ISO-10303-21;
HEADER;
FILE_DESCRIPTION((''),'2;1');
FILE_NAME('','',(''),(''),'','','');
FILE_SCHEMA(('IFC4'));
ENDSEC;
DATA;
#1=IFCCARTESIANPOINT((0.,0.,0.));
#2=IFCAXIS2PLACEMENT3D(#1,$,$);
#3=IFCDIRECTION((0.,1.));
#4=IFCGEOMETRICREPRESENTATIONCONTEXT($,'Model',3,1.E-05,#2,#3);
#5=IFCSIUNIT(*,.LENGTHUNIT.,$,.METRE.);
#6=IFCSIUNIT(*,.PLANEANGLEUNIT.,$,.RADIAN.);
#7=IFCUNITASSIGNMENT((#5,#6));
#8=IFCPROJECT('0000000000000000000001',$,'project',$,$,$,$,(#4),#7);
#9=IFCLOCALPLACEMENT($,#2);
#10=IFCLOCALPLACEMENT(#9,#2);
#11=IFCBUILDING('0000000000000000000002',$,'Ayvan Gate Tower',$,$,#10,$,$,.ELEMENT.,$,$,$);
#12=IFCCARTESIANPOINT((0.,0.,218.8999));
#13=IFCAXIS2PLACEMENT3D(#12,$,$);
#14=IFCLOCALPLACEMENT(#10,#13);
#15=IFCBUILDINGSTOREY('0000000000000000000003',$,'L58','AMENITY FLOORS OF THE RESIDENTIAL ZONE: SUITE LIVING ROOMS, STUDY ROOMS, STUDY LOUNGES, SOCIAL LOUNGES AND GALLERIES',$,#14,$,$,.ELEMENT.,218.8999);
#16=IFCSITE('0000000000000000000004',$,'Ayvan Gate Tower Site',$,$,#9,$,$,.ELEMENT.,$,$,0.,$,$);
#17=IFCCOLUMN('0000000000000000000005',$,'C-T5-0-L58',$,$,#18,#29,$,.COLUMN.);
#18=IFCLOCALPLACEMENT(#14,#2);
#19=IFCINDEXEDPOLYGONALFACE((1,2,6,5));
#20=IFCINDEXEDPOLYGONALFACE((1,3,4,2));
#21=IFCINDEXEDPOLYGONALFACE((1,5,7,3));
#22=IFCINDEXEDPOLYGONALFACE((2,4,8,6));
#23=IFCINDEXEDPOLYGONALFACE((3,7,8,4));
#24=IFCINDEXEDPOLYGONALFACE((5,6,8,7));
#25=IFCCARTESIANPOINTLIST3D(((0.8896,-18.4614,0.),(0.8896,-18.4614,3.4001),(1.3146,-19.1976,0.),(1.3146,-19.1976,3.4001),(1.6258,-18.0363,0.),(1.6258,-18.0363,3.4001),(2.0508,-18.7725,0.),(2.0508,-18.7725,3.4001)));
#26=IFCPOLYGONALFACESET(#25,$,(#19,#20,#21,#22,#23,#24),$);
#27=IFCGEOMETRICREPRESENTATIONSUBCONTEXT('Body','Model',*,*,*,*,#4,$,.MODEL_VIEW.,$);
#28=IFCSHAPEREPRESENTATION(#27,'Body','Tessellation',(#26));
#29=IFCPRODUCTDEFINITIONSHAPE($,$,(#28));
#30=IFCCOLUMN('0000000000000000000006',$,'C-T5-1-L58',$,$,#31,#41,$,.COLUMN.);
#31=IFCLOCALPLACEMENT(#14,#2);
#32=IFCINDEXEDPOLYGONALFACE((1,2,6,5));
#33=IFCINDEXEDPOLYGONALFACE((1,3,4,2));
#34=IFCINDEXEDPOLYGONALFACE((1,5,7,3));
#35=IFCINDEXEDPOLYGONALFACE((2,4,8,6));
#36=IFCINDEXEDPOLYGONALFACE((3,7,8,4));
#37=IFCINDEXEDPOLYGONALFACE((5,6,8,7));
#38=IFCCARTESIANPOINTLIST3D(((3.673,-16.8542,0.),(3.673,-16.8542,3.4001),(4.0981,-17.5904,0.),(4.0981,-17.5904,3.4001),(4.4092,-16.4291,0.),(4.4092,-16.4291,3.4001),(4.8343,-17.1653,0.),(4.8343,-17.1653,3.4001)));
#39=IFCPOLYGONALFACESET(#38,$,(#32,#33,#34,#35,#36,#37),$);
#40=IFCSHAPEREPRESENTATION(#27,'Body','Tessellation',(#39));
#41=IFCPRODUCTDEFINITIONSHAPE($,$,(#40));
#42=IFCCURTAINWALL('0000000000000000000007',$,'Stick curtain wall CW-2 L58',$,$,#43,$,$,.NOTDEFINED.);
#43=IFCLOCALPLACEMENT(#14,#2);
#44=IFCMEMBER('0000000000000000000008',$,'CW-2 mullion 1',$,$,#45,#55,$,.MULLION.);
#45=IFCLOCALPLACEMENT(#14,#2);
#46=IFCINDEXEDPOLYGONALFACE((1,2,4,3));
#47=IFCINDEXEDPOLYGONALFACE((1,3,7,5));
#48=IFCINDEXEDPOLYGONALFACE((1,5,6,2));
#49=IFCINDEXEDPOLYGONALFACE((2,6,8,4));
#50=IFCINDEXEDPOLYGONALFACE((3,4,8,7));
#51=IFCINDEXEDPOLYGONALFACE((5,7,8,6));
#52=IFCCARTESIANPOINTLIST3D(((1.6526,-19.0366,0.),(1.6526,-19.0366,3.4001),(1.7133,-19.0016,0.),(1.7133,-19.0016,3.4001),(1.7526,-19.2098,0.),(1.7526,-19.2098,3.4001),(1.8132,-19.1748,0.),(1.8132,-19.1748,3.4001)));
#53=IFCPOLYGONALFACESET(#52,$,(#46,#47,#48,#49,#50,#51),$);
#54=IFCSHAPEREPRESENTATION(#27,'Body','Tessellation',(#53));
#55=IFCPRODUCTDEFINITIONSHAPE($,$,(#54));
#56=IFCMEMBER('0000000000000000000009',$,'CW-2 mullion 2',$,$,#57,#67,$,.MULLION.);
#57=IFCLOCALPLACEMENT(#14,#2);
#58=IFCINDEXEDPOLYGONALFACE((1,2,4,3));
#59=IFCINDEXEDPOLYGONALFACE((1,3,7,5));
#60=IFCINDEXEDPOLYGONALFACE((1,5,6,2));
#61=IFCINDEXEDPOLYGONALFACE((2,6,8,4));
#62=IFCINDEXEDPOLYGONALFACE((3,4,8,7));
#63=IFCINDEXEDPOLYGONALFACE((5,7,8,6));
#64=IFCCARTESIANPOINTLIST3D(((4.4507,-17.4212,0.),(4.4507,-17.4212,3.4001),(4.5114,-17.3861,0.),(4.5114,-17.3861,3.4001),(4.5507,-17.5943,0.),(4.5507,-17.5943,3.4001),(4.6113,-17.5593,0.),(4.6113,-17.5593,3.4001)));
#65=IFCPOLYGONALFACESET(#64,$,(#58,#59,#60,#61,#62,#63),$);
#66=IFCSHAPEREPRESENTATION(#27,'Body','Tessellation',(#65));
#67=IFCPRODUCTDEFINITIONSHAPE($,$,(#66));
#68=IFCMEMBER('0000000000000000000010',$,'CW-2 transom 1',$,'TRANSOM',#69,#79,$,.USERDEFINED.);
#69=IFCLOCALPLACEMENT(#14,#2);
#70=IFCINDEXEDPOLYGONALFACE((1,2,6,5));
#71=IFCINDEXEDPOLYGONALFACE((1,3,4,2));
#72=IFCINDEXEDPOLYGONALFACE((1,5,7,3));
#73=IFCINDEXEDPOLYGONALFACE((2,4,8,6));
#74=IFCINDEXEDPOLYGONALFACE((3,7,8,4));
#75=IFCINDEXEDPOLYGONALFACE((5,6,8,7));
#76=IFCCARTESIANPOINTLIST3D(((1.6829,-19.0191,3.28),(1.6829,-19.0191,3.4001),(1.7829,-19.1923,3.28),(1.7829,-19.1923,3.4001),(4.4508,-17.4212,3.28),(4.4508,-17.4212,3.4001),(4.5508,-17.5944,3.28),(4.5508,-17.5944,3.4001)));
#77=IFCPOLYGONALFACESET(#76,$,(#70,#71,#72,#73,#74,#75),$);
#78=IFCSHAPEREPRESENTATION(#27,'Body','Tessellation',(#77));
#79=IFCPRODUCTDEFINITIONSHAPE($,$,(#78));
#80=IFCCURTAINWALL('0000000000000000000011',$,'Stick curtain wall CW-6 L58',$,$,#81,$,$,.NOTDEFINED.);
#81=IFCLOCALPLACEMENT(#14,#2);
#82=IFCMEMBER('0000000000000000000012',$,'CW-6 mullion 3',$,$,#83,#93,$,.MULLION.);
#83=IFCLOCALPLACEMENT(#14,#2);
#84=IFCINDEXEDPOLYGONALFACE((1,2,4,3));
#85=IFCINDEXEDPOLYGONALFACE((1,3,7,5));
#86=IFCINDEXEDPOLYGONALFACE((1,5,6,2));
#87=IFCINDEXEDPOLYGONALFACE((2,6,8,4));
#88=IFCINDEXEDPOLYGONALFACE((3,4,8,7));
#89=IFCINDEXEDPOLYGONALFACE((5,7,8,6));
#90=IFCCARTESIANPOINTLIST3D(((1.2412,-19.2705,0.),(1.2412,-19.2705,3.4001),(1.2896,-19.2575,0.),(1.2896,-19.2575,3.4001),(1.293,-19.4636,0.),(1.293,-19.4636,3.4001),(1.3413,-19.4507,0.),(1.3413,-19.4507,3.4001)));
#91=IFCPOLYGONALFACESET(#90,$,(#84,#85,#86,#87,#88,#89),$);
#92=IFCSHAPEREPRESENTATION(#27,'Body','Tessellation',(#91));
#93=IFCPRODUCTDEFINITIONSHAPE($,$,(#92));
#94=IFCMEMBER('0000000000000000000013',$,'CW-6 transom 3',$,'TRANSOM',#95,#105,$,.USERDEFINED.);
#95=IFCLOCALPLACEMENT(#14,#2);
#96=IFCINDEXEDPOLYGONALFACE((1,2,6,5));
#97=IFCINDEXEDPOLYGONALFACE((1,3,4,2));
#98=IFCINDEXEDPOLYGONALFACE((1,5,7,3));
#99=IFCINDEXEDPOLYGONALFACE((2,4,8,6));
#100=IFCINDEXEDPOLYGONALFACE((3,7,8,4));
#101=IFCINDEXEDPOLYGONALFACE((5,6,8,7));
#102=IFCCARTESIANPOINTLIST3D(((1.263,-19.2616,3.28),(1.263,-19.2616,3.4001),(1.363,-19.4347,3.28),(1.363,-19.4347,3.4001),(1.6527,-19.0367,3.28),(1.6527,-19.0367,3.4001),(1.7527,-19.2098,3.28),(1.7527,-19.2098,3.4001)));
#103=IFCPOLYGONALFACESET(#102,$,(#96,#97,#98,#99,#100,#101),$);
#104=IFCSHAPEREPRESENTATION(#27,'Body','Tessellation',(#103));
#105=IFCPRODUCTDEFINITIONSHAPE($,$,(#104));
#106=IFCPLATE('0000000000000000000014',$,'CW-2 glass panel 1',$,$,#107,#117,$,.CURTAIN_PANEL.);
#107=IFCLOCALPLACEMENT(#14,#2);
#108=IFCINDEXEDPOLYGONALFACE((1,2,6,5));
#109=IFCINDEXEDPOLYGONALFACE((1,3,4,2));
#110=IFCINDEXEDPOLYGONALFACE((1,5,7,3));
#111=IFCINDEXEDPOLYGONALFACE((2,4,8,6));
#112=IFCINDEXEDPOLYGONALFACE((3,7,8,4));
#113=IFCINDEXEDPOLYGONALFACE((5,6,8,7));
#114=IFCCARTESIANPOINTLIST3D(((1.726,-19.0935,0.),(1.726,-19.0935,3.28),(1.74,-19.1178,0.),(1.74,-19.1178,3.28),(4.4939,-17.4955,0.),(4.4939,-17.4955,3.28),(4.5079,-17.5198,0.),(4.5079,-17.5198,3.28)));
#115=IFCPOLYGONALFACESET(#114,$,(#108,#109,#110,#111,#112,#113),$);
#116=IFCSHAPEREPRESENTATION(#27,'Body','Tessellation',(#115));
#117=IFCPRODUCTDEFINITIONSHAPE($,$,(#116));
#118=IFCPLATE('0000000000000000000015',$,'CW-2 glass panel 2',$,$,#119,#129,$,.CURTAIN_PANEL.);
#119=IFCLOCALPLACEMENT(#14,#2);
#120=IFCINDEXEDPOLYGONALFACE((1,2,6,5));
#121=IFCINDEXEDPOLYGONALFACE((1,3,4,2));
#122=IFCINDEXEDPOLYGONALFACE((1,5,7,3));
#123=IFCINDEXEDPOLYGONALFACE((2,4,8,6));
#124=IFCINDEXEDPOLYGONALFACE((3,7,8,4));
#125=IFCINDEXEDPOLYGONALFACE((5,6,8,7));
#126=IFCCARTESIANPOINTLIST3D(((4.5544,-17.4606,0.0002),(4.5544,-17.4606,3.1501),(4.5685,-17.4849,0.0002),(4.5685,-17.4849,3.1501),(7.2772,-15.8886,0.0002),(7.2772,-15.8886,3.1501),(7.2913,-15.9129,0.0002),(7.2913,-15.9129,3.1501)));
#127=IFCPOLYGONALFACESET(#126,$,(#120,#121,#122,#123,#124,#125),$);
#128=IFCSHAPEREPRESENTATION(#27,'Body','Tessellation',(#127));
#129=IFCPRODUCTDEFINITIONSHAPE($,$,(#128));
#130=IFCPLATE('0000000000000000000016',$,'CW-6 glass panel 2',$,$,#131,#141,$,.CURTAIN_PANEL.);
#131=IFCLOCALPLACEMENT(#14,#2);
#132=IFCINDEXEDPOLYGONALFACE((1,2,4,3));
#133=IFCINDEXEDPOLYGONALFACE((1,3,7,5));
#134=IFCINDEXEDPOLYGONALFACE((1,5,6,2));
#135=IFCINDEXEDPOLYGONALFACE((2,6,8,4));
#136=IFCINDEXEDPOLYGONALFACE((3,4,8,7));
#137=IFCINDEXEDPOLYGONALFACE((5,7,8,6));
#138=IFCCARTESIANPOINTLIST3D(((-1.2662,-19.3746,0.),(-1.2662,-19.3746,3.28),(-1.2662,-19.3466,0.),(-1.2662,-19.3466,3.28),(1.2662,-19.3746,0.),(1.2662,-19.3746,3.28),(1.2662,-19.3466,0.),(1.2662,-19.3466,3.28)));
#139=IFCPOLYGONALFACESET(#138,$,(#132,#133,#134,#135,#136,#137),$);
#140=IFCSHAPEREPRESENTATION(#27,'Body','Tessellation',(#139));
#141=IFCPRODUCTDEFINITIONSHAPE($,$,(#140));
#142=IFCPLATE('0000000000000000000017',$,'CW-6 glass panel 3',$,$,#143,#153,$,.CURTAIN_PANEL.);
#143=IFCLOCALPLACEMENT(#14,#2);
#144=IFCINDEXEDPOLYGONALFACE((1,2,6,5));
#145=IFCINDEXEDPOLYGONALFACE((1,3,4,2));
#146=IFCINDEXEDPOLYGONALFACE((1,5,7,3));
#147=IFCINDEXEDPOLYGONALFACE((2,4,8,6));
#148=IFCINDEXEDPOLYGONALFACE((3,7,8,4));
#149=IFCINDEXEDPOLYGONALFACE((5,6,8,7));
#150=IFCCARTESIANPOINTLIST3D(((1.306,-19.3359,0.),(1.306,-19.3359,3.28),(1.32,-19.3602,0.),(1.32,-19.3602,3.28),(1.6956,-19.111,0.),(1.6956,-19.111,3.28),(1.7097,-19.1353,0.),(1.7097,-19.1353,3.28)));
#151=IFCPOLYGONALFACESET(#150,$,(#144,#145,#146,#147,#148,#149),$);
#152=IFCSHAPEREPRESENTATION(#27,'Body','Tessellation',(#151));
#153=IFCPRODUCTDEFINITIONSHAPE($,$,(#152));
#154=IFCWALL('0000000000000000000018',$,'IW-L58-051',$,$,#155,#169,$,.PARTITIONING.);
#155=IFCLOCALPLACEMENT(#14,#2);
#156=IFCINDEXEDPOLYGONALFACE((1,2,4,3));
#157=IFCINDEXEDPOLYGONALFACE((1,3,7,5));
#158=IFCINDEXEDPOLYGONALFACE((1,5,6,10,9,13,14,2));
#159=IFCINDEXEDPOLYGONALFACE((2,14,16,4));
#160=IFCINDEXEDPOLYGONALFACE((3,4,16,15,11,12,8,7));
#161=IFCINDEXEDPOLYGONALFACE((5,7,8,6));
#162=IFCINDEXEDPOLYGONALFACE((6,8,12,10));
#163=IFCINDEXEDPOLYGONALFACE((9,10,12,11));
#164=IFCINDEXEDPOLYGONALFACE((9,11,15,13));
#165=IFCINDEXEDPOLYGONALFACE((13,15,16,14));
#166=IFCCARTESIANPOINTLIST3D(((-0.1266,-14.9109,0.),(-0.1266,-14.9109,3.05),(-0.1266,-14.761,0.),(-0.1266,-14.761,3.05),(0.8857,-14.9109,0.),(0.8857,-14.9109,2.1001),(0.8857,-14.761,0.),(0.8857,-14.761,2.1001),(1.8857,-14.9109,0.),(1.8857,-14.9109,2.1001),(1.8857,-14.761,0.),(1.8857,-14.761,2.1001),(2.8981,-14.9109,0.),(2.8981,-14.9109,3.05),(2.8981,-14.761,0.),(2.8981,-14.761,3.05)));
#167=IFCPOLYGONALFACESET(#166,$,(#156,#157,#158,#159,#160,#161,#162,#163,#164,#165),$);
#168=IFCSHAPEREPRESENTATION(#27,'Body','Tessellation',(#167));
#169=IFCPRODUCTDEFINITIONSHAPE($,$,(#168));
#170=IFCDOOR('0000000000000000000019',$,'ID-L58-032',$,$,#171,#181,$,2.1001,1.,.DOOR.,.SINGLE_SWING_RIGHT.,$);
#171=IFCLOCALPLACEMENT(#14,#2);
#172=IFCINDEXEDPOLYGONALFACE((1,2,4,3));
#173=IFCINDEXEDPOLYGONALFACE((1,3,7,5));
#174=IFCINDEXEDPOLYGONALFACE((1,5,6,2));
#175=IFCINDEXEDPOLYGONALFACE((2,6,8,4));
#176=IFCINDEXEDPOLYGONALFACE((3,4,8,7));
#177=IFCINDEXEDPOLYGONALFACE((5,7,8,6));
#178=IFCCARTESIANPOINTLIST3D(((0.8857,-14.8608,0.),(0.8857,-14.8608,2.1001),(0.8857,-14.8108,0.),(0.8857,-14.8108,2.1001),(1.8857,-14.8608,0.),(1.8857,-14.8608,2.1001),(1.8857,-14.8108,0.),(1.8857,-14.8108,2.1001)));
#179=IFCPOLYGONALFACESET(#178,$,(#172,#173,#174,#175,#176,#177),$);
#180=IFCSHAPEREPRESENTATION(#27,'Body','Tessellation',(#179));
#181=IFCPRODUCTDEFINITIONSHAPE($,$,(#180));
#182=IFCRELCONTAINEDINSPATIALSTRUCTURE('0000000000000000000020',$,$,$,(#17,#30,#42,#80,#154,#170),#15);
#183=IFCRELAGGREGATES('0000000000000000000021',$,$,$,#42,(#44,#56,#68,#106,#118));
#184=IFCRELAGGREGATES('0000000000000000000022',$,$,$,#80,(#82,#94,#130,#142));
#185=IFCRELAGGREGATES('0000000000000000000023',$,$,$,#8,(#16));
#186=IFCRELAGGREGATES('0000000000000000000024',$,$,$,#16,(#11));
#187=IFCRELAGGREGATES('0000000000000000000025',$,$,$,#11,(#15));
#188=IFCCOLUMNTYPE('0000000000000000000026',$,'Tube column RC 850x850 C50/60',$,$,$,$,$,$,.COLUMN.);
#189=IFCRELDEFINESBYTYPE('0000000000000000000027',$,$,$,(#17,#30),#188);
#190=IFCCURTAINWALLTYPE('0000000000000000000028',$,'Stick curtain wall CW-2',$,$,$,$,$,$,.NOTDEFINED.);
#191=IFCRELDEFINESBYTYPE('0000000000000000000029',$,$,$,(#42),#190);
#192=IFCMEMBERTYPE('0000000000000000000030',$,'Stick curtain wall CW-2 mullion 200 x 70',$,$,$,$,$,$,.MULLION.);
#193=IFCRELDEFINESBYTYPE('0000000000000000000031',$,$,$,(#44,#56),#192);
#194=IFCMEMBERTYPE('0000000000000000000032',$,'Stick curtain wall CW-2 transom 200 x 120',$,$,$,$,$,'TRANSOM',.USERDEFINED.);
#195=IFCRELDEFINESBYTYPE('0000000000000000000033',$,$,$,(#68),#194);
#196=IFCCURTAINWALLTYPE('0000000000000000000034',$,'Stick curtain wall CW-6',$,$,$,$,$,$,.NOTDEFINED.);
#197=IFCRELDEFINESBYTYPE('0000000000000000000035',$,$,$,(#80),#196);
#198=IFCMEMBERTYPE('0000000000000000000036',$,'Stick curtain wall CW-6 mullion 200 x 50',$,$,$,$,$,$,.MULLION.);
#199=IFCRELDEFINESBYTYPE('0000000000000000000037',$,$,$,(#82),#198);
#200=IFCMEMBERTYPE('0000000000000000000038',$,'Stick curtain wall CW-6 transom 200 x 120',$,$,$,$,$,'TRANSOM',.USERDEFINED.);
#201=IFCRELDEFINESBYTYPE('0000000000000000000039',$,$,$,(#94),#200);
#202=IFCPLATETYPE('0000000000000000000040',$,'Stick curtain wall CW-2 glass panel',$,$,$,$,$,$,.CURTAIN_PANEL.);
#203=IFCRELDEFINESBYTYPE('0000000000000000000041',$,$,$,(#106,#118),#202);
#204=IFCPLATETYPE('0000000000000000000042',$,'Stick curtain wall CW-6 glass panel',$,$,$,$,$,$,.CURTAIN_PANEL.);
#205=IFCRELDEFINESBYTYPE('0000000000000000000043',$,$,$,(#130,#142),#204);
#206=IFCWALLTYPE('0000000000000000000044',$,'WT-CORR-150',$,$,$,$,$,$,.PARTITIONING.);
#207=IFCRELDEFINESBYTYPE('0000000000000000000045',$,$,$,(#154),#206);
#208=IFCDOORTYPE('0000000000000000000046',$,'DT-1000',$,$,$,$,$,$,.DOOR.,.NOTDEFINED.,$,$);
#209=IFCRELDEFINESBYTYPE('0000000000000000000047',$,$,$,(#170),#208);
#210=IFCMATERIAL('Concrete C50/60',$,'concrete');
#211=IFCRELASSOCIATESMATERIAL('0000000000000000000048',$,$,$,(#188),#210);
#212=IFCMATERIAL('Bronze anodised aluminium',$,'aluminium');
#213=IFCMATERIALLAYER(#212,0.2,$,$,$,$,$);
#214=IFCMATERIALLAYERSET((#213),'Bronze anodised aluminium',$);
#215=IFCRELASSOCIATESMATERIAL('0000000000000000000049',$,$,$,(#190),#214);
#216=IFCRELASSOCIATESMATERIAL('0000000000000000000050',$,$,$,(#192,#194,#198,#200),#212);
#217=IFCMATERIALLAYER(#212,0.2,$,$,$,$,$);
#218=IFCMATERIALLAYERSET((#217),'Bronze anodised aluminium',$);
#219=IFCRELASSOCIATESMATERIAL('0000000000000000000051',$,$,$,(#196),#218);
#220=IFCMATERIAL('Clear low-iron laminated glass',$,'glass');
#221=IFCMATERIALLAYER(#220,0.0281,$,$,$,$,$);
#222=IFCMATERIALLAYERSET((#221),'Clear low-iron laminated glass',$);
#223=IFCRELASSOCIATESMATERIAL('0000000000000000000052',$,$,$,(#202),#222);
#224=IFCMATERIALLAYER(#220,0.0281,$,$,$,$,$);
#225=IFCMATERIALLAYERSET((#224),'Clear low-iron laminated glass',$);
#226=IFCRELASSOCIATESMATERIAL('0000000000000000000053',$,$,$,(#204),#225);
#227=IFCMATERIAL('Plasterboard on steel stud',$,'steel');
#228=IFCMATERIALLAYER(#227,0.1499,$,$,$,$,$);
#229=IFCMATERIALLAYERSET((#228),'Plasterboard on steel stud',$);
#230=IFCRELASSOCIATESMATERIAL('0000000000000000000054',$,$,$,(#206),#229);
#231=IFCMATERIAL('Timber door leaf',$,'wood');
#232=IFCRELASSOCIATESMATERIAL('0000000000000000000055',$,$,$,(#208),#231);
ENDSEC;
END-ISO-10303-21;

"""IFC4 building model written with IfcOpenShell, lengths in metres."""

from ifc_helpers import new_model, si_unit, direction, frame, frame_2d, origin, origin_2d, place, context, subcontext, project, spatial, rectangle, extrude, material, layer, layer_set, material_profile, profile_set, type_object, element, fill, aggregate, save


model = new_model("IFC4")

# Units and contexts
model_context = context("Model", 3, precision=1e-05, world=origin(), true_north=direction((0.0, 1.0)))
body_context = subcontext(model_context, "Body", "Model", "MODEL_VIEW")
ifc_project = project(units=[si_unit("LENGTHUNIT", "METRE"), si_unit("PLANEANGLEUNIT", "RADIAN")], contexts=[model_context])

# Site, building, storey
site_placement = place(None, origin())
site = spatial("IfcSite", under=ifc_project, at=site_placement, Name="Ayvan Gate Tower Site", CompositionType="ELEMENT", RefElevation=0.0)
building_placement = place(site_placement, origin())
building = spatial("IfcBuilding", under=site, at=building_placement, Name="Ayvan Gate Tower", CompositionType="ELEMENT")
storey_placement = place(building_placement, frame((0.0, 0.0, 218.8999)))
storey = spatial("IfcBuildingStorey", under=building, at=storey_placement, Name="L58", Description="AMENITY FLOORS OF THE RESIDENTIAL ZONE: SUITE LIVING ROOMS, STUDY ROOMS, STUDY LOUNGES, SOCIAL LOUNGES AND GALLERIES", CompositionType="ELEMENT", Elevation=218.8999)

# Columns
ifc_material_1 = material(Name="Concrete C50/60", Category="concrete")
ifc_material_profile_1 = material_profile(ifc_material_1, rectangle(XDim=0.8501, YDim=0.8501, at=origin_2d()), Name="RC 850x850")
ifc_profile_set_1 = profile_set([ifc_material_profile_1], Name="Concrete C50/60")
column_type = type_object("IfcColumnType", Name="Tube column RC 850x850 C50/60", PredefinedType="COLUMN", material=ifc_profile_set_1)
for number, where, z_axis, x_axis, name in (
    (1, (1.4702, -18.6169, 0.0), (0.0, 0.0, 1.0), (0.5, -0.866025, 0.0), "C-T5-0-L58"),
    (2, (4.2537, -17.0098, 0.0), (0.0, 0.0, 1.0), (0.5, -0.866025, 0.0), "C-T5-1-L58"),
):
    element("IfcColumn", number, at=place(storey_placement, frame(where, z_axis=z_axis, x_axis=x_axis)), inside=storey, type_object=column_type, Name=name, PredefinedType="COLUMN", context=body_context, shape_type="SweptSolid", body=[
        extrude(rectangle(XDim=0.8501, YDim=0.8501, at=origin_2d()), origin(), (0.0, 0.0, 1.0), 3.4001),
    ])

# Curtain walls, members
ifc_material_2 = material(Name="Bronze anodised aluminium", Category="aluminium")
ifc_layer_1 = layer(ifc_material_2, 0.2)
ifc_layer_set_1 = layer_set([ifc_layer_1], Name="Bronze anodised aluminium")
curtain_wall_type_1 = type_object("IfcCurtainWallType", Name="Stick curtain wall CW-2", PredefinedType="NOTDEFINED", material=ifc_layer_set_1)
curtain_wall_1_placement = place(storey_placement, origin())
curtain_wall_1 = element("IfcCurtainWall", 3, at=curtain_wall_1_placement, inside=storey, type_object=curtain_wall_type_1, Name="Stick curtain wall CW-2 L58", PredefinedType="NOTDEFINED")
ifc_material_profile_2 = material_profile(ifc_material_2, rectangle(XDim=0.2, YDim=0.0701, at=origin_2d()), Name="Stick curtain wall CW-2 mullion 200 x 70")
ifc_profile_set_2 = profile_set([ifc_material_profile_2], Name="Bronze anodised aluminium")
member_type_1 = type_object("IfcMemberType", Name="Stick curtain wall CW-2 mullion 200 x 70", PredefinedType="MULLION", material=ifc_profile_set_2)
member_1_placement = place(storey_placement, frame((1.7329, -19.1057, 0.0), z_axis=(0.0, 0.0, 1.0), x_axis=(0.5, -0.866025, 0.0)))
member_1 = element("IfcMember", 4, at=member_1_placement, type_object=member_type_1, Name="CW-2 mullion 1", PredefinedType="MULLION", context=body_context, shape_type="SweptSolid", body=[
    extrude(rectangle(XDim=0.2, YDim=0.0701, at=origin_2d()), origin(), (0.0, 0.0, 1.0), 3.4001),
])
member_2_placement = place(storey_placement, frame((4.531, -17.4902, 0.0), z_axis=(0.0, 0.0, 1.0), x_axis=(0.5, -0.866025, 0.0)))
member_2 = element("IfcMember", 5, at=member_2_placement, type_object=member_type_1, Name="CW-2 mullion 2", PredefinedType="MULLION", context=body_context, shape_type="SweptSolid", body=[
    extrude(rectangle(XDim=0.2, YDim=0.0701, at=origin_2d()), origin(), (0.0, 0.0, 1.0), 3.4001),
])
ifc_material_profile_3 = material_profile(ifc_material_2, rectangle(XDim=0.2, YDim=0.1201, at=origin_2d()), Name="Stick curtain wall CW-2 transom 200 x 120")
ifc_profile_set_3 = profile_set([ifc_material_profile_3], Name="Bronze anodised aluminium")
member_type_2 = type_object("IfcMemberType", Name="Stick curtain wall CW-2 transom 200 x 120", ElementType="TRANSOM", PredefinedType="USERDEFINED", material=ifc_profile_set_3)
member_3_placement = place(storey_placement, frame((1.7329, -19.1057, 3.3401), z_axis=(0.866039, 0.499976, 0.0), x_axis=(-0.499976, 0.866039, 0.0)))
member_3 = element("IfcMember", 6, at=member_3_placement, type_object=member_type_2, Name="CW-2 transom 1", ObjectType="TRANSOM", PredefinedType="USERDEFINED", context=body_context, shape_type="SweptSolid", body=[
    extrude(rectangle(XDim=0.2, YDim=0.1201, at=origin_2d()), origin(), (0.0, 0.0, 1.0), 3.196),
])
ifc_layer_2 = layer(ifc_material_2, 0.2)
ifc_layer_set_2 = layer_set([ifc_layer_2], Name="Bronze anodised aluminium")
curtain_wall_type_2 = type_object("IfcCurtainWallType", Name="Stick curtain wall CW-6", PredefinedType="NOTDEFINED", material=ifc_layer_set_2)
curtain_wall_2_placement = place(storey_placement, origin())
curtain_wall_2 = element("IfcCurtainWall", 7, at=curtain_wall_2_placement, inside=storey, type_object=curtain_wall_type_2, Name="Stick curtain wall CW-6 L58", PredefinedType="NOTDEFINED")
ifc_material_profile_4 = material_profile(ifc_material_2, rectangle(XDim=0.2, YDim=0.05, at=origin_2d()), Name="Stick curtain wall CW-6 mullion 200 x 50")
ifc_profile_set_4 = profile_set([ifc_material_profile_4], Name="Bronze anodised aluminium")
member_type_3 = type_object("IfcMemberType", Name="Stick curtain wall CW-6 mullion 200 x 50", PredefinedType="MULLION", material=ifc_profile_set_4)
member_4_placement = place(storey_placement, frame((1.2913, -19.3606, 0.0), z_axis=(0.0, 0.0, 1.0), x_axis=(0.258819, -0.965926, 0.0)))
member_4 = element("IfcMember", 8, at=member_4_placement, type_object=member_type_3, Name="CW-6 mullion 3", PredefinedType="MULLION", context=body_context, shape_type="SweptSolid", body=[
    extrude(rectangle(XDim=0.2, YDim=0.05, at=origin_2d()), origin(), (0.0, 0.0, 1.0), 3.4001),
])
ifc_material_profile_5 = material_profile(ifc_material_2, rectangle(XDim=0.2, YDim=0.1201, at=origin_2d()), Name="Stick curtain wall CW-6 transom 200 x 120")
ifc_profile_set_5 = profile_set([ifc_material_profile_5], Name="Bronze anodised aluminium")
member_type_4 = type_object("IfcMemberType", Name="Stick curtain wall CW-6 transom 200 x 120", ElementType="TRANSOM", PredefinedType="USERDEFINED", material=ifc_profile_set_5)
member_5_placement = place(storey_placement, frame((1.313, -19.3481, 3.3401), z_axis=(0.866131, 0.499816, 0.0), x_axis=(-0.499816, 0.866131, 0.0)))
member_5 = element("IfcMember", 9, at=member_5_placement, type_object=member_type_4, Name="CW-6 transom 3", ObjectType="TRANSOM", PredefinedType="USERDEFINED", context=body_context, shape_type="SweptSolid", body=[
    extrude(rectangle(XDim=0.2, YDim=0.1201, at=origin_2d()), origin(), (0.0, 0.0, 1.0), 0.45),
])

# Plates
ifc_material_3 = material(Name="Clear low-iron laminated glass", Category="glass")
ifc_layer_3 = layer(ifc_material_3, 0.0281)
ifc_layer_set_3 = layer_set([ifc_layer_3], Name="Clear low-iron laminated glass")
plate_type_1 = type_object("IfcPlateType", Name="Stick curtain wall CW-2 glass panel", PredefinedType="CURTAIN_PANEL", material=ifc_layer_set_3)
plate_1_placement = place(storey_placement, frame((3.1169, -18.3066, 0.0), z_axis=(0.0, 0.0, 1.0), x_axis=(0.866025, 0.5, 0.0)))
plate_1 = element("IfcPlate", 10, at=plate_1_placement, type_object=plate_type_1, Name="CW-2 glass panel 1", PredefinedType="CURTAIN_PANEL", context=body_context, shape_type="SweptSolid", body=[
    extrude(rectangle(XDim=3.196, YDim=0.0281, at=origin_2d()), origin(), (0.0, 0.0, 1.0), 3.28),
])
plate_2_placement = place(storey_placement, frame((5.9229, -16.6868, 0.0002), z_axis=(0.0, 0.0, 1.0), x_axis=(0.866025, 0.5, 0.0)))
plate_2 = element("IfcPlate", 11, at=plate_2_placement, type_object=plate_type_1, Name="CW-2 glass panel 2", PredefinedType="CURTAIN_PANEL", context=body_context, shape_type="SweptSolid", body=[
    extrude(rectangle(XDim=3.144, YDim=0.0281, at=origin_2d()), origin(), (0.0, 0.0, 1.0), 3.1499),
])
aggregate(curtain_wall_1, [member_1, member_2, member_3, plate_1, plate_2])
ifc_layer_4 = layer(ifc_material_3, 0.0281)
ifc_layer_set_4 = layer_set([ifc_layer_4], Name="Clear low-iron laminated glass")
plate_type_2 = type_object("IfcPlateType", Name="Stick curtain wall CW-6 glass panel", PredefinedType="CURTAIN_PANEL", material=ifc_layer_set_4)
plate_3_placement = place(storey_placement, frame((0.0, -19.3606, 0.0), z_axis=(0.0, 0.0, 1.0), x_axis=(1.0, 0.0, 0.0)))
plate_3 = element("IfcPlate", 12, at=plate_3_placement, type_object=plate_type_2, Name="CW-6 glass panel 2", PredefinedType="CURTAIN_PANEL", context=body_context, shape_type="SweptSolid", body=[
    extrude(rectangle(XDim=2.5325, YDim=0.0281, at=origin_2d()), origin(), (0.0, 0.0, 1.0), 3.28),
])
plate_4_placement = place(storey_placement, frame((1.5078, -19.2356, 0.0), z_axis=(0.0, 0.0, 1.0), x_axis=(0.866025, 0.5, 0.0)))
plate_4 = element("IfcPlate", 13, at=plate_4_placement, type_object=plate_type_2, Name="CW-6 glass panel 3", PredefinedType="CURTAIN_PANEL", context=body_context, shape_type="SweptSolid", body=[
    extrude(rectangle(XDim=0.45, YDim=0.0281, at=origin_2d()), origin(), (0.0, 0.0, 1.0), 3.28),
])
aggregate(curtain_wall_2, [member_4, member_5, plate_3, plate_4])

# Wall, opening, door
ifc_material_4 = material(Name="Plasterboard on steel stud", Category="steel")
ifc_layer_5 = layer(ifc_material_4, 0.1499)
ifc_layer_set_5 = layer_set([ifc_layer_5], Name="Plasterboard on steel stud")
wall_type_1 = type_object("IfcWallType", Name="WT-CORR-150", PredefinedType="PARTITIONING", material=ifc_layer_set_5)
wall_1_placement = place(storey_placement, frame((2.8979, -14.8359, 0.0), z_axis=(0.0, 0.0, 1.0), x_axis=(-1.0, 0.0, 0.0)))
wall_1 = element("IfcWall", 14, at=wall_1_placement, inside=storey, type_object=wall_type_1, Name="IW-L58-051", PredefinedType="PARTITIONING", context=body_context, shape_type="SweptSolid", body=[
    extrude(rectangle(XDim=3.0247, YDim=0.1499, at=frame_2d((1.5122, 0.0))), origin(), (0.0, 0.0, 1.0), 3.05),
])
opening_1_placement = place(wall_1_placement, frame((1.0122, 0.0, 0.0)))
opening_1 = element("IfcOpeningElement", 15, at=opening_1_placement, cuts=wall_1, PredefinedType="OPENING", context=body_context, shape_type="SweptSolid", body=[
    extrude(rectangle(XDim=1.0, YDim=2.1001, at=frame_2d((0.5, 1.05))), frame((0.0, 0.085, 0.0), z_axis=(0.0, -1.0, 0.0), x_axis=(1.0, 0.0, 0.0)), (0.0, 0.0, 1.0), 0.1699),
])
ifc_material_5 = material(Name="Timber door leaf", Category="wood")
door_type_1 = type_object("IfcDoorType", Name="DT-1000", OperationType="NOTDEFINED", PredefinedType="DOOR", material=ifc_material_5)
door_1_placement = place(opening_1_placement, origin())
door_1 = element("IfcDoor", 16, at=door_1_placement, inside=storey, type_object=door_type_1, Name="ID-L58-032", OperationType="SINGLE_SWING_RIGHT", OverallHeight=2.1001, OverallWidth=1.0, PredefinedType="DOOR", context=body_context, shape_type="SweptSolid", body=[
    extrude(rectangle(XDim=1.0, YDim=2.1001, at=frame_2d((0.5, 1.05))), frame((0.0, 0.0249, 0.0), z_axis=(0.0, -1.0, 0.0), x_axis=(1.0, 0.0, 0.0)), (0.0, 0.0, 1.0), 0.05),
])
fill(opening_1, door_1)

save(model, "model.ifc")
